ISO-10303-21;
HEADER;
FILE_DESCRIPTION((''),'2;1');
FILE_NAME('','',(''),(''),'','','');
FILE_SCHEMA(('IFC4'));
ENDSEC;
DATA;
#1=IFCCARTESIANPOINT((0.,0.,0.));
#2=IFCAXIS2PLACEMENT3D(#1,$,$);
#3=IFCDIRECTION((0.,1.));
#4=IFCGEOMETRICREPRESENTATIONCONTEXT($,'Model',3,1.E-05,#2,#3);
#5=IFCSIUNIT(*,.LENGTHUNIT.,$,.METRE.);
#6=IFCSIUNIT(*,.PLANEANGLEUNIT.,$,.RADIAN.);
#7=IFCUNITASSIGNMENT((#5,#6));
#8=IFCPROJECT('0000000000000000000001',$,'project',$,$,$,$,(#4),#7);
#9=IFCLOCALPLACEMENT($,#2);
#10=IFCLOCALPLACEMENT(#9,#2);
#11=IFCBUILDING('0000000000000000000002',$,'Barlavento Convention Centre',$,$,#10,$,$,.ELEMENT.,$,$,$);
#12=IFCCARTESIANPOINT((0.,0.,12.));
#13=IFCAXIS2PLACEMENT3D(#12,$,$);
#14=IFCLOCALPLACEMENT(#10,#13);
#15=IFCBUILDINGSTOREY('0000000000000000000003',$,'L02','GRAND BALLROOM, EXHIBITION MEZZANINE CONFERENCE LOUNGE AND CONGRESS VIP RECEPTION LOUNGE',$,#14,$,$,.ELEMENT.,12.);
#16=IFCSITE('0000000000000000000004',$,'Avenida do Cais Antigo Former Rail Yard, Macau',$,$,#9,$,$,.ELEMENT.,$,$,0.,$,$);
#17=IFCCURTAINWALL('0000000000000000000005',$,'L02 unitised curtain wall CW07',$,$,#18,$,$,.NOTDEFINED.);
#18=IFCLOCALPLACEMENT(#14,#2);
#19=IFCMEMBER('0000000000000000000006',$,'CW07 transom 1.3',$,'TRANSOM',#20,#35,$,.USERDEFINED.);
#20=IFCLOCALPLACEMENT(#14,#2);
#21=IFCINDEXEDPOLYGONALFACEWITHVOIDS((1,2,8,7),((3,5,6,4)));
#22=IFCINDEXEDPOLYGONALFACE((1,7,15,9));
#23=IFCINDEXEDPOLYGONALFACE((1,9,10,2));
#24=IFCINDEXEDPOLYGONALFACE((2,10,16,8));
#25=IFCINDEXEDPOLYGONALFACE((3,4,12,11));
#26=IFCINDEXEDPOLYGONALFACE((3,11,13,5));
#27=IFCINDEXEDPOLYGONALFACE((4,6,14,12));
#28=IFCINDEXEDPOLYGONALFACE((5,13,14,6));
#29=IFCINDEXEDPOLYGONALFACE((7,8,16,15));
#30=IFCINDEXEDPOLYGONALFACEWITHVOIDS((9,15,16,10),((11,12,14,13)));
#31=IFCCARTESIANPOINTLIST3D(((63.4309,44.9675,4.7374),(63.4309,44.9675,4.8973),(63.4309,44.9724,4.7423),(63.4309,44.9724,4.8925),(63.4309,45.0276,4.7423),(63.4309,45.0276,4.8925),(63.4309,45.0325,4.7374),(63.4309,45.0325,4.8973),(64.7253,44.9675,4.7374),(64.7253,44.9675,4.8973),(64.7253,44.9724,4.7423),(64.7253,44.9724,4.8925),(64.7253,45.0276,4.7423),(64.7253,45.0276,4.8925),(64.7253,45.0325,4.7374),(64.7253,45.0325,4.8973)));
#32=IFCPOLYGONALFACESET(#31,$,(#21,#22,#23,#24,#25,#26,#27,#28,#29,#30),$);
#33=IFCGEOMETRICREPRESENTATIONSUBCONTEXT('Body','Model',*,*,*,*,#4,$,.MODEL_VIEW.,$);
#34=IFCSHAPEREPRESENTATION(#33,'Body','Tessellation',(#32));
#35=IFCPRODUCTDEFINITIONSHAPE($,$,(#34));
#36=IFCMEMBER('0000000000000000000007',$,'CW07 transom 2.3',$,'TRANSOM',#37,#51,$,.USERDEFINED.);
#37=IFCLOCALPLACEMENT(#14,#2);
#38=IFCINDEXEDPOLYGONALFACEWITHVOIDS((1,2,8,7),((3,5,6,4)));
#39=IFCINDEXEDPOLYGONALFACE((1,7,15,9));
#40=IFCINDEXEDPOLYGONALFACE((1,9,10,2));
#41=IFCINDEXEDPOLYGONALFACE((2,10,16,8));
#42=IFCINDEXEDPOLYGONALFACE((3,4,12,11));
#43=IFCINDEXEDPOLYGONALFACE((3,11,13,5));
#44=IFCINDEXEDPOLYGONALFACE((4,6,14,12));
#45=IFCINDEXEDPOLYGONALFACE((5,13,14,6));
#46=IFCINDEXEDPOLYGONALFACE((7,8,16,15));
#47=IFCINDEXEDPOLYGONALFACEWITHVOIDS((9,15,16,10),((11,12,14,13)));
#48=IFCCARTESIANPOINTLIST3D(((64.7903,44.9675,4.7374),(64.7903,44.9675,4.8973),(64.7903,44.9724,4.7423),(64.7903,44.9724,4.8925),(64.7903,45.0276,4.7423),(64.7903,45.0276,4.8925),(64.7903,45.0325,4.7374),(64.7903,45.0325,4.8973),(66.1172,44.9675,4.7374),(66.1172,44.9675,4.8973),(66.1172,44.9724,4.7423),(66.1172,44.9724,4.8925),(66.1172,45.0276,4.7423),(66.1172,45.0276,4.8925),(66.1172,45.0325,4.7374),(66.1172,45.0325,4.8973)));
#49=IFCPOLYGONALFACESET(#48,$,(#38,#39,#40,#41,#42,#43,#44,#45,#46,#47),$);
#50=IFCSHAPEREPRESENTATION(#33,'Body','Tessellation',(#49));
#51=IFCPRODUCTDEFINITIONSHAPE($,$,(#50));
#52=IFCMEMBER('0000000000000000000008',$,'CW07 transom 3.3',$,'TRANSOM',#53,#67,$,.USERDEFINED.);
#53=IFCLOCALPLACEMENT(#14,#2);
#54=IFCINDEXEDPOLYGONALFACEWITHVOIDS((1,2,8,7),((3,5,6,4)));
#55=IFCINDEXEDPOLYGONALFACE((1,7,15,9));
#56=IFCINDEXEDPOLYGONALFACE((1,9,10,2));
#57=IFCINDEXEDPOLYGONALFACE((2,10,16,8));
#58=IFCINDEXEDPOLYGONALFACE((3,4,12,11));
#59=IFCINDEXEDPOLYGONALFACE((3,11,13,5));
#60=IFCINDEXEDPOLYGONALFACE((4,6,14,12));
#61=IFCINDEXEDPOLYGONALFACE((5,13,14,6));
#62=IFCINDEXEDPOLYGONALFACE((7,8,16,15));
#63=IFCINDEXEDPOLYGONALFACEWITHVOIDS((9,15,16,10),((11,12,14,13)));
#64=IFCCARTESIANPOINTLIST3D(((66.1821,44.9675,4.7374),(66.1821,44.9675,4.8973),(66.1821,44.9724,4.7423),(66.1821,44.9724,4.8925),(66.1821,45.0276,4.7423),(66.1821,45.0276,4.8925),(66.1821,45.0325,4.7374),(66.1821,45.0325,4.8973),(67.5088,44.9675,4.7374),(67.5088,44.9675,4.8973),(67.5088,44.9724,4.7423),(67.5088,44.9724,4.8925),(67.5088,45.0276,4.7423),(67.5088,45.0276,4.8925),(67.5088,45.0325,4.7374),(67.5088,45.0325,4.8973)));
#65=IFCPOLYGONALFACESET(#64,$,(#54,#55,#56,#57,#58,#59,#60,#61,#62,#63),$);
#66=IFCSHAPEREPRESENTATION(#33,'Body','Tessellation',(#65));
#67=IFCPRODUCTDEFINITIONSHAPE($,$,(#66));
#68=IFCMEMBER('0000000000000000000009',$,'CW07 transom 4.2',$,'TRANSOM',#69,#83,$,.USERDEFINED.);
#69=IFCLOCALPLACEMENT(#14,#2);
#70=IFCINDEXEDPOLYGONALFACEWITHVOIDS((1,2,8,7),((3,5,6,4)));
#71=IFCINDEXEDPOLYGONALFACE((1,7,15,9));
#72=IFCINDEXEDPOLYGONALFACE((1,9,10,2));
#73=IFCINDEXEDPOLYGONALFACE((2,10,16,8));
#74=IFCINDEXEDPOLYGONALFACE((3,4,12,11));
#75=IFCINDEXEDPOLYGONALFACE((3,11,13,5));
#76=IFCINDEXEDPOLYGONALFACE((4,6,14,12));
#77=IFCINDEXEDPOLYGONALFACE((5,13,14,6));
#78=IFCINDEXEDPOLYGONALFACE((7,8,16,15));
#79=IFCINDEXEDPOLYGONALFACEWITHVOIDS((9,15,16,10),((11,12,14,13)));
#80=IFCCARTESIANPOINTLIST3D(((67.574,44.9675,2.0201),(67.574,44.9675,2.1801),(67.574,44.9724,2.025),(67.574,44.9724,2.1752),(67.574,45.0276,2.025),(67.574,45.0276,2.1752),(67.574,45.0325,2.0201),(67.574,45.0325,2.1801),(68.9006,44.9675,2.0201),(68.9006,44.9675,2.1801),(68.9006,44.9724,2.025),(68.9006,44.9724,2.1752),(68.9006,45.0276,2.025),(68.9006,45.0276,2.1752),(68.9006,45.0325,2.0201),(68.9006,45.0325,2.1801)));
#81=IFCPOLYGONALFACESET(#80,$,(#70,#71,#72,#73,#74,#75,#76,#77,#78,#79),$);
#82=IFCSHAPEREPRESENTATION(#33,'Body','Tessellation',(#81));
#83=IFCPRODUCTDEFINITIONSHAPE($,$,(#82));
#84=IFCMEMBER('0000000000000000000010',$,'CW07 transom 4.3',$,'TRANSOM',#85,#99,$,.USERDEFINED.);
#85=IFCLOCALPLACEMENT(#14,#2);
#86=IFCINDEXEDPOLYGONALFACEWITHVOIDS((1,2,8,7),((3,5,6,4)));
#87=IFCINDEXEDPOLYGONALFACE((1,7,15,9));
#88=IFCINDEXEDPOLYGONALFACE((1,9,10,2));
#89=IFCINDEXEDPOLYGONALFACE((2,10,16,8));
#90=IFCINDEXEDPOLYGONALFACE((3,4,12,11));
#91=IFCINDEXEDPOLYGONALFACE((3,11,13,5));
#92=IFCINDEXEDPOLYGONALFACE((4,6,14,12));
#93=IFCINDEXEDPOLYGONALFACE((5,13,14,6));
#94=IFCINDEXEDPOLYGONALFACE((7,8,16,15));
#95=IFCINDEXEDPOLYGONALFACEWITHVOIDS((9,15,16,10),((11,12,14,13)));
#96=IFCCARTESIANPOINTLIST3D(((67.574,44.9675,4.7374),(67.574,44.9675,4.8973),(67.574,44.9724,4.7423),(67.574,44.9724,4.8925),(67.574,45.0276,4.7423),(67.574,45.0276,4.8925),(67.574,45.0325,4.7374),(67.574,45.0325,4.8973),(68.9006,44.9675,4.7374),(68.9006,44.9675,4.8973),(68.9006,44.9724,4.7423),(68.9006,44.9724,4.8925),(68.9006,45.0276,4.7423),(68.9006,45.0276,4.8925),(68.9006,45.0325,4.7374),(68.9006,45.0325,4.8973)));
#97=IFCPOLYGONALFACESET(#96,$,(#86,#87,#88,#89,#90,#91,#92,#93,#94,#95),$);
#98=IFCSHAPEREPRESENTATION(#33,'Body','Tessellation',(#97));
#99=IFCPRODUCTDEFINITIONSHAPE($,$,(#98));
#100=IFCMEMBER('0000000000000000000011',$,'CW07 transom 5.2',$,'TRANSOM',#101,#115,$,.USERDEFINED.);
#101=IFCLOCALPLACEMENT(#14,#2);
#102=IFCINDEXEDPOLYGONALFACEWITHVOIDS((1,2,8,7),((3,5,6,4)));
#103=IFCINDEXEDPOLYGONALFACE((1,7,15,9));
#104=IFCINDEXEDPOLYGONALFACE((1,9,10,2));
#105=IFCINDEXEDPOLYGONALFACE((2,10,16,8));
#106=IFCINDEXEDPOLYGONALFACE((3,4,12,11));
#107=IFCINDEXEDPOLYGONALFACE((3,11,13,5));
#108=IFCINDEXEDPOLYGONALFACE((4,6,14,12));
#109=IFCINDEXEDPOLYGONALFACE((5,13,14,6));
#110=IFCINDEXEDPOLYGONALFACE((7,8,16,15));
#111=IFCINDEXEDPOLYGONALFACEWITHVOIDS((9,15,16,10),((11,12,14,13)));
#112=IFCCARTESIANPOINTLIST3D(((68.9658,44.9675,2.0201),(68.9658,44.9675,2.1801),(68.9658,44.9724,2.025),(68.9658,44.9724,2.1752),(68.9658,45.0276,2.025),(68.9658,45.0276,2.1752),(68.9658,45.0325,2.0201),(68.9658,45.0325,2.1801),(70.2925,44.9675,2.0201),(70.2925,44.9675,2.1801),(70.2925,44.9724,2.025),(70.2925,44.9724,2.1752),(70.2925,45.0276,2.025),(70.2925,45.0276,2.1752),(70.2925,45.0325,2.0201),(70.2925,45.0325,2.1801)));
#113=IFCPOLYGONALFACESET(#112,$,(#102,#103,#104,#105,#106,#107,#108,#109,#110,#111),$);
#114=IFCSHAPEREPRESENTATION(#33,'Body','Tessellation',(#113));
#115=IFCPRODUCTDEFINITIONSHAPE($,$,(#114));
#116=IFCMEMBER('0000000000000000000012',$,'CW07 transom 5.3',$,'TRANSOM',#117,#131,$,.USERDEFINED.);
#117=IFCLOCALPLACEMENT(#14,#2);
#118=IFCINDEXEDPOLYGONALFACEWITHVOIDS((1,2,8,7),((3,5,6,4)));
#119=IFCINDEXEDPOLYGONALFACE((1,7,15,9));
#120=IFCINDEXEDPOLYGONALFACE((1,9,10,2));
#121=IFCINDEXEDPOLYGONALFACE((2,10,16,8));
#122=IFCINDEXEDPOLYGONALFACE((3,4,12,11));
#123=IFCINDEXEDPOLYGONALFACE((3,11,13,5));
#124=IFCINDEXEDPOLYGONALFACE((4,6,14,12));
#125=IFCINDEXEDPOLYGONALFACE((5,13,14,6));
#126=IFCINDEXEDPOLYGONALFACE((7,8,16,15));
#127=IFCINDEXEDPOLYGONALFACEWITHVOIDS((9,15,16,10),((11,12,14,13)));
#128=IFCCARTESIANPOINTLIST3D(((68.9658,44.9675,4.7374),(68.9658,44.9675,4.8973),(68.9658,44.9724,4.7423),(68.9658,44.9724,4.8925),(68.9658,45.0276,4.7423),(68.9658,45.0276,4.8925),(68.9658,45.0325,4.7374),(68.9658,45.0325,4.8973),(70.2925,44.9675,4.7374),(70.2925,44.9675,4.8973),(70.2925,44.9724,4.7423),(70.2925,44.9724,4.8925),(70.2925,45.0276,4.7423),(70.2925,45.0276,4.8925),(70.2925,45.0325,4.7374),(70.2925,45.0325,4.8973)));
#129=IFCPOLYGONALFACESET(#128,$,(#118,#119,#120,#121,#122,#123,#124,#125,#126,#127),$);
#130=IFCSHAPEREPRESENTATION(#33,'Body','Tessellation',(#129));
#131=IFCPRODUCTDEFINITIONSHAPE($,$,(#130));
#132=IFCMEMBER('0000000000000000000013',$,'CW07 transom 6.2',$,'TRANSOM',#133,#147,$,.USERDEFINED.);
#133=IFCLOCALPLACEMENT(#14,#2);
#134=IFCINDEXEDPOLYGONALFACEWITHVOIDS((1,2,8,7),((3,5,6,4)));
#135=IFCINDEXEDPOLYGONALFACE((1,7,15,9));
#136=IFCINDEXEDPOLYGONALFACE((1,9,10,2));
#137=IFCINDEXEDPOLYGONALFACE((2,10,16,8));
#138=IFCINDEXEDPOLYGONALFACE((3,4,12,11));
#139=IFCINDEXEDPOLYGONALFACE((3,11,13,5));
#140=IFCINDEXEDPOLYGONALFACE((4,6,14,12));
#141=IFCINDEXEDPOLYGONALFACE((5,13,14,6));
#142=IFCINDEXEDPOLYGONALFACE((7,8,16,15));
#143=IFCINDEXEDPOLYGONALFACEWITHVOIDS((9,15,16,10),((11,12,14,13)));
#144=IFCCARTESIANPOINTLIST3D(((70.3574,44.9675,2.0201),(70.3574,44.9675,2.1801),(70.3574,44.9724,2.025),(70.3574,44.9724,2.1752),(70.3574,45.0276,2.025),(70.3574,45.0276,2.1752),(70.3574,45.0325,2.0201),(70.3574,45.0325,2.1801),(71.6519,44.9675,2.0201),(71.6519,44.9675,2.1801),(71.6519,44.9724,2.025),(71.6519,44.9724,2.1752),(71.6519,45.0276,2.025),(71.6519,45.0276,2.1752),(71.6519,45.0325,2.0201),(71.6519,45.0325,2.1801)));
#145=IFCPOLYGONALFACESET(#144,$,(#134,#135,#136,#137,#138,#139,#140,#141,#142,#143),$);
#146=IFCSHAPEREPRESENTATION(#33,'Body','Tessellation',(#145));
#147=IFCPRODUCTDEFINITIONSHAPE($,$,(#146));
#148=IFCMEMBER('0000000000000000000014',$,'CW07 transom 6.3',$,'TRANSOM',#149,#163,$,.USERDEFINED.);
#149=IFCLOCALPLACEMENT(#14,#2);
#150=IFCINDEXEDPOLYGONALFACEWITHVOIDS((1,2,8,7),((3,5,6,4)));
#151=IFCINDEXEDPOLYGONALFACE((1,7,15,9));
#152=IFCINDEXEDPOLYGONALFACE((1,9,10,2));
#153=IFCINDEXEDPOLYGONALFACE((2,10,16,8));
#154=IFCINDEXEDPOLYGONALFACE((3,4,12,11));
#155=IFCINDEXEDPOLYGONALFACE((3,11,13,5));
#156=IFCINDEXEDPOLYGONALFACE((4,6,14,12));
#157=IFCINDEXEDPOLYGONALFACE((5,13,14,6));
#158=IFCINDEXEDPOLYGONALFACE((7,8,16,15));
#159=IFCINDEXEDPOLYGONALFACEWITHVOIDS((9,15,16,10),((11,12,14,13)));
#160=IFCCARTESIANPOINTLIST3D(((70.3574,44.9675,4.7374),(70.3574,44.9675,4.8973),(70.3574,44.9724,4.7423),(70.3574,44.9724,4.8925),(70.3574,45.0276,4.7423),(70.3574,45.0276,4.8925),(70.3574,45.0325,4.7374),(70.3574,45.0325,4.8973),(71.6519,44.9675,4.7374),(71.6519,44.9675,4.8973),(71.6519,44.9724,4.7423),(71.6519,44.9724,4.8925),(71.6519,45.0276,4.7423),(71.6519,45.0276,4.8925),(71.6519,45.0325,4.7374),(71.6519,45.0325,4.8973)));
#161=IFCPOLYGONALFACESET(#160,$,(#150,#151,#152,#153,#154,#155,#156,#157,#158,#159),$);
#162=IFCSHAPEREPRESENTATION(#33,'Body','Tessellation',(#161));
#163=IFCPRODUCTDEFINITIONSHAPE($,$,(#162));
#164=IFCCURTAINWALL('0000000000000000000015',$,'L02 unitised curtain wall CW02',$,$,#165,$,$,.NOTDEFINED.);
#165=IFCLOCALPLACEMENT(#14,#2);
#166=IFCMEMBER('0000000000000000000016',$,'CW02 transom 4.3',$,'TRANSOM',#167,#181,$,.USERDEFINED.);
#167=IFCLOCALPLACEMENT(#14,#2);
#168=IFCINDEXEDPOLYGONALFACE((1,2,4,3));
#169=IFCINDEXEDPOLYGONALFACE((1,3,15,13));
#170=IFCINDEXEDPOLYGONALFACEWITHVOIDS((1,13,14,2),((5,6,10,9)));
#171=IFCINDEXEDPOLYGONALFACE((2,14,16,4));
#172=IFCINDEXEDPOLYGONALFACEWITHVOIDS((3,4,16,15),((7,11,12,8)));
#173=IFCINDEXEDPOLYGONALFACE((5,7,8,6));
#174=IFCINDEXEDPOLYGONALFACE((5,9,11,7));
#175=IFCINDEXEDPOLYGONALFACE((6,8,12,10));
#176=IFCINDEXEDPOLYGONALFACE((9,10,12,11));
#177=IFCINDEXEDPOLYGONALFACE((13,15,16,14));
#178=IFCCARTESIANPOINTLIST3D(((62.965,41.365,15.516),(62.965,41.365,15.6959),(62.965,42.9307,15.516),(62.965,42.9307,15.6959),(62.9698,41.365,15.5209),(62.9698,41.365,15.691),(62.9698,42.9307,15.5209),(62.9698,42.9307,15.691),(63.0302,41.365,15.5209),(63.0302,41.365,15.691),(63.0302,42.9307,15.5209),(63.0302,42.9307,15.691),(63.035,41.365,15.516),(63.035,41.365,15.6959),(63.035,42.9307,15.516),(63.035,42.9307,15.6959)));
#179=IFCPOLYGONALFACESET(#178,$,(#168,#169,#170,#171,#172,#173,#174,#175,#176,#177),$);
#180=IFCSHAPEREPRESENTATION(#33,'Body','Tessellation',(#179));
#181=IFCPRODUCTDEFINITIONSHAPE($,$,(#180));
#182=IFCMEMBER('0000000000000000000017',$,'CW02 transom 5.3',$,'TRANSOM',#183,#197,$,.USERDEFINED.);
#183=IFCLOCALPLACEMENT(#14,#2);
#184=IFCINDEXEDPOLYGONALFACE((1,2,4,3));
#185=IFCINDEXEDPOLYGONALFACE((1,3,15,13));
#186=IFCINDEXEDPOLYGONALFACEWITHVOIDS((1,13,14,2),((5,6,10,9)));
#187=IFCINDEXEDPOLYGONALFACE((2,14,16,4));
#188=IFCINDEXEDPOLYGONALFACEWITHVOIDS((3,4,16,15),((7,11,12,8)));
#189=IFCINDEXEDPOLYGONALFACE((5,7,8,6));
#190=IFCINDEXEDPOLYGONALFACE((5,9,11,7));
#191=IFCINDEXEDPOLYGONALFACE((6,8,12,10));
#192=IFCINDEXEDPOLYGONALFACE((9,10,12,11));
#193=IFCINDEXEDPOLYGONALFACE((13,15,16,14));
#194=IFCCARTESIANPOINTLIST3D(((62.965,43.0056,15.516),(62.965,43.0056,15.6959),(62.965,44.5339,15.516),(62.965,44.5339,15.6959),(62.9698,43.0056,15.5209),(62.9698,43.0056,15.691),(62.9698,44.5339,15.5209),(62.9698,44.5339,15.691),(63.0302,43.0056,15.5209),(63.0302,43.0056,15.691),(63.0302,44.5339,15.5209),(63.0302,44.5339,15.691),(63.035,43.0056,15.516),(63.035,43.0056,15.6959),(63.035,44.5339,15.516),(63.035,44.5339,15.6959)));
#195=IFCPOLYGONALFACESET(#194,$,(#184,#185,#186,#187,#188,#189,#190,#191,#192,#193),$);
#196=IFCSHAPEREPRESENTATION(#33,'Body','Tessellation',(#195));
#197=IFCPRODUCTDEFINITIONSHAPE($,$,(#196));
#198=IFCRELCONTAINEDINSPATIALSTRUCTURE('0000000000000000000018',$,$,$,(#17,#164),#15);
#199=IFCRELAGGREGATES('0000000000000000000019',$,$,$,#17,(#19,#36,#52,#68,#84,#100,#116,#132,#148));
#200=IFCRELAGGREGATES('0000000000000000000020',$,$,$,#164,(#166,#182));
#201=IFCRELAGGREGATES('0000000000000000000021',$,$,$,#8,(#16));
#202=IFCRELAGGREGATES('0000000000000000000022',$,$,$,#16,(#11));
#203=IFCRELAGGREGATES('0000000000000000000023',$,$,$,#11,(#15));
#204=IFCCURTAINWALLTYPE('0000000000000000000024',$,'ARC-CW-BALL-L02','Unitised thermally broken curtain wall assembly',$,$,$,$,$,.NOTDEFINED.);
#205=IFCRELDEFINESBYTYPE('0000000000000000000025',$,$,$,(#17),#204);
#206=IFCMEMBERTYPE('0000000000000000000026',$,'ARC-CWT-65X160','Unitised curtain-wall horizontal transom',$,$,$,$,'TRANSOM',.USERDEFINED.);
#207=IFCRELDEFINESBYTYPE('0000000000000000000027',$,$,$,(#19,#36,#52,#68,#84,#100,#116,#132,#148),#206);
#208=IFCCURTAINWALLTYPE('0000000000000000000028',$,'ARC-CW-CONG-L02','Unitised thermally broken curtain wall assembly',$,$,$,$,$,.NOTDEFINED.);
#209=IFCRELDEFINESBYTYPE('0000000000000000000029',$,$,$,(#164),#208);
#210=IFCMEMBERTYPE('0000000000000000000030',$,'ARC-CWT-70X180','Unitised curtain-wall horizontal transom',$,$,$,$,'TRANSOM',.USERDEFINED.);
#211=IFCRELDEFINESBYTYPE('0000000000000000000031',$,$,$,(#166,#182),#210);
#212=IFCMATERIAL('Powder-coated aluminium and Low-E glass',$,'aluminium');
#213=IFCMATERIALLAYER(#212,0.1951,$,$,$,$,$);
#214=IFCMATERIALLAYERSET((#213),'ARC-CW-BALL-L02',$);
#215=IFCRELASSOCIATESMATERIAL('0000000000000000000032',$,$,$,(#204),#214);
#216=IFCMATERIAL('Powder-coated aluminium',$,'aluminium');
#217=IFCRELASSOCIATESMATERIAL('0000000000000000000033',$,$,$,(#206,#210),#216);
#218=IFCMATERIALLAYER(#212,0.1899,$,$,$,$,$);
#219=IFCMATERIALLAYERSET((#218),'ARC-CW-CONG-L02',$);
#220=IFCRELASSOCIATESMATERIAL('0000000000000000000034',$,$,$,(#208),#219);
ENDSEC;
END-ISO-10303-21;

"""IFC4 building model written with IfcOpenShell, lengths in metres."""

from ifc_helpers import new_model, si_unit, direction, frame, origin, origin_2d, place, context, subcontext, project, spatial, hollow_rectangle, extrude, material, layer, layer_set, material_profile, profile_set, type_object, element, aggregate, save


model = new_model("IFC4")

# Units and contexts
model_context = context("Model", 3, precision=1e-05, world=origin(), true_north=direction((0.0, 1.0)))
body_context = subcontext(model_context, "Body", "Model", "MODEL_VIEW")
ifc_project = project(units=[si_unit("LENGTHUNIT", "METRE"), si_unit("PLANEANGLEUNIT", "RADIAN")], contexts=[model_context])

# Site, building, storey
site_placement = place(None, origin())
site = spatial("IfcSite", under=ifc_project, at=site_placement, Name="Avenida do Cais Antigo Former Rail Yard, Macau", CompositionType="ELEMENT", RefElevation=0.0)
building_placement = place(site_placement, origin())
building = spatial("IfcBuilding", under=site, at=building_placement, Name="Barlavento Convention Centre", CompositionType="ELEMENT")
storey_placement = place(building_placement, frame((0.0, 0.0, 12.0)))
storey = spatial("IfcBuildingStorey", under=building, at=storey_placement, Name="L02", Description="GRAND BALLROOM, EXHIBITION MEZZANINE CONFERENCE LOUNGE AND CONGRESS VIP RECEPTION LOUNGE", CompositionType="ELEMENT", Elevation=12.0)

# Curtain walls, members
ifc_material_1 = material(Name="Powder-coated aluminium and Low-E glass", Category="aluminium")
ifc_layer_1 = layer(ifc_material_1, 0.1951)
ifc_layer_set_1 = layer_set([ifc_layer_1], Name="ARC-CW-BALL-L02")
curtain_wall_type_1 = type_object("IfcCurtainWallType", Name="ARC-CW-BALL-L02", Description="Unitised thermally broken curtain wall assembly", PredefinedType="NOTDEFINED", material=ifc_layer_set_1)
curtain_wall_1_placement = place(storey_placement, origin())
curtain_wall_1 = element("IfcCurtainWall", 1, at=curtain_wall_1_placement, inside=storey, type_object=curtain_wall_type_1, Name="L02 unitised curtain wall CW07", PredefinedType="NOTDEFINED")
ifc_material_2 = material(Name="Powder-coated aluminium", Category="aluminium")
ifc_material_profile_1 = material_profile(ifc_material_2, hollow_rectangle(XDim=0.0649, YDim=0.1599, WallThickness=0.0049, at=origin_2d()), Name="AL-TRAN 65x160x5")
ifc_profile_set_1 = profile_set([ifc_material_profile_1], Name="Powder-coated aluminium")
member_type_1 = type_object("IfcMemberType", Name="ARC-CWT-65X160", Description="Unitised curtain-wall horizontal transom", ElementType="TRANSOM", PredefinedType="USERDEFINED", material=ifc_profile_set_1)
member_1_placement = place(storey_placement, frame((63.4309, 45.0, 4.8174), z_axis=(1.0, 0.0, 0.0), x_axis=(0.0, 1.0, 0.0)))
member_1 = element("IfcMember", 2, at=member_1_placement, type_object=member_type_1, Name="CW07 transom 1.3", ObjectType="TRANSOM", PredefinedType="USERDEFINED", context=body_context, shape_type="SweptSolid", body=[
    extrude(hollow_rectangle(XDim=0.0649, YDim=0.1599, WallThickness=0.0049, at=origin_2d()), origin(), (0.0, 0.0, 1.0), 1.2944),
])
member_2_placement = place(storey_placement, frame((64.7903, 45.0, 4.8174), z_axis=(1.0, 0.0, 0.0), x_axis=(0.0, 1.0, 0.0)))
member_2 = element("IfcMember", 3, at=member_2_placement, type_object=member_type_1, Name="CW07 transom 2.3", ObjectType="TRANSOM", PredefinedType="USERDEFINED", context=body_context, shape_type="SweptSolid", body=[
    extrude(hollow_rectangle(XDim=0.0649, YDim=0.1599, WallThickness=0.0049, at=origin_2d()), origin(), (0.0, 0.0, 1.0), 1.3269),
])
member_3_placement = place(storey_placement, frame((66.1821, 45.0, 4.8174), z_axis=(1.0, 0.0, 0.0), x_axis=(0.0, 1.0, 0.0)))
member_3 = element("IfcMember", 4, at=member_3_placement, type_object=member_type_1, Name="CW07 transom 3.3", ObjectType="TRANSOM", PredefinedType="USERDEFINED", context=body_context, shape_type="SweptSolid", body=[
    extrude(hollow_rectangle(XDim=0.0649, YDim=0.1599, WallThickness=0.0049, at=origin_2d()), origin(), (0.0, 0.0, 1.0), 1.3267),
])
member_4_placement = place(storey_placement, frame((67.574, 45.0, 2.1001), z_axis=(1.0, 0.0, 0.0), x_axis=(0.0, 1.0, 0.0)))
member_4 = element("IfcMember", 5, at=member_4_placement, type_object=member_type_1, Name="CW07 transom 4.2", ObjectType="TRANSOM", PredefinedType="USERDEFINED", context=body_context, shape_type="SweptSolid", body=[
    extrude(hollow_rectangle(XDim=0.0649, YDim=0.1599, WallThickness=0.0049, at=origin_2d()), origin(), (0.0, 0.0, 1.0), 1.3267),
])
member_5_placement = place(storey_placement, frame((67.574, 45.0, 4.8174), z_axis=(1.0, 0.0, 0.0), x_axis=(0.0, 1.0, 0.0)))
member_5 = element("IfcMember", 6, at=member_5_placement, type_object=member_type_1, Name="CW07 transom 4.3", ObjectType="TRANSOM", PredefinedType="USERDEFINED", context=body_context, shape_type="SweptSolid", body=[
    extrude(hollow_rectangle(XDim=0.0649, YDim=0.1599, WallThickness=0.0049, at=origin_2d()), origin(), (0.0, 0.0, 1.0), 1.3267),
])
member_6_placement = place(storey_placement, frame((68.9658, 45.0, 2.1001), z_axis=(1.0, 0.0, 0.0), x_axis=(0.0, 1.0, 0.0)))
member_6 = element("IfcMember", 7, at=member_6_placement, type_object=member_type_1, Name="CW07 transom 5.2", ObjectType="TRANSOM", PredefinedType="USERDEFINED", context=body_context, shape_type="SweptSolid", body=[
    extrude(hollow_rectangle(XDim=0.0649, YDim=0.1599, WallThickness=0.0049, at=origin_2d()), origin(), (0.0, 0.0, 1.0), 1.3267),
])
member_7_placement = place(storey_placement, frame((68.9658, 45.0, 4.8174), z_axis=(1.0, 0.0, 0.0), x_axis=(0.0, 1.0, 0.0)))
member_7 = element("IfcMember", 8, at=member_7_placement, type_object=member_type_1, Name="CW07 transom 5.3", ObjectType="TRANSOM", PredefinedType="USERDEFINED", context=body_context, shape_type="SweptSolid", body=[
    extrude(hollow_rectangle(XDim=0.0649, YDim=0.1599, WallThickness=0.0049, at=origin_2d()), origin(), (0.0, 0.0, 1.0), 1.3267),
])
member_8_placement = place(storey_placement, frame((70.3574, 45.0, 2.1001), z_axis=(1.0, 0.0, 0.0), x_axis=(0.0, 1.0, 0.0)))
member_8 = element("IfcMember", 9, at=member_8_placement, type_object=member_type_1, Name="CW07 transom 6.2", ObjectType="TRANSOM", PredefinedType="USERDEFINED", context=body_context, shape_type="SweptSolid", body=[
    extrude(hollow_rectangle(XDim=0.0649, YDim=0.1599, WallThickness=0.0049, at=origin_2d()), origin(), (0.0, 0.0, 1.0), 1.2944),
])
member_9_placement = place(storey_placement, frame((70.3574, 45.0, 4.8174), z_axis=(1.0, 0.0, 0.0), x_axis=(0.0, 1.0, 0.0)))
member_9 = element("IfcMember", 10, at=member_9_placement, type_object=member_type_1, Name="CW07 transom 6.3", ObjectType="TRANSOM", PredefinedType="USERDEFINED", context=body_context, shape_type="SweptSolid", body=[
    extrude(hollow_rectangle(XDim=0.0649, YDim=0.1599, WallThickness=0.0049, at=origin_2d()), origin(), (0.0, 0.0, 1.0), 1.2944),
])
ifc_layer_2 = layer(ifc_material_1, 0.1899)
ifc_layer_set_2 = layer_set([ifc_layer_2], Name="ARC-CW-CONG-L02")
curtain_wall_type_2 = type_object("IfcCurtainWallType", Name="ARC-CW-CONG-L02", Description="Unitised thermally broken curtain wall assembly", PredefinedType="NOTDEFINED", material=ifc_layer_set_2)
curtain_wall_2_placement = place(storey_placement, origin())
curtain_wall_2 = element("IfcCurtainWall", 11, at=curtain_wall_2_placement, inside=storey, type_object=curtain_wall_type_2, Name="L02 unitised curtain wall CW02", PredefinedType="NOTDEFINED")
ifc_material_profile_2 = material_profile(ifc_material_2, hollow_rectangle(XDim=0.0701, YDim=0.1799, WallThickness=0.0049, at=origin_2d()), Name="AL-TRAN 70x180x5")
ifc_profile_set_2 = profile_set([ifc_material_profile_2], Name="Powder-coated aluminium")
member_type_2 = type_object("IfcMemberType", Name="ARC-CWT-70X180", Description="Unitised curtain-wall horizontal transom", ElementType="TRANSOM", PredefinedType="USERDEFINED", material=ifc_profile_set_2)
member_10_placement = place(storey_placement, frame((63.0, 41.365, 15.606), z_axis=(0.0, 1.0, 0.0), x_axis=(-1.0, 0.0, 0.0)))
member_10 = element("IfcMember", 12, at=member_10_placement, type_object=member_type_2, Name="CW02 transom 4.3", ObjectType="TRANSOM", PredefinedType="USERDEFINED", context=body_context, shape_type="SweptSolid", body=[
    extrude(hollow_rectangle(XDim=0.0701, YDim=0.1799, WallThickness=0.0049, at=origin_2d()), origin(), (0.0, 0.0, 1.0), 1.5657),
])
member_11_placement = place(storey_placement, frame((63.0, 43.0056, 15.606), z_axis=(0.0, 1.0, 0.0), x_axis=(-1.0, 0.0, 0.0)))
member_11 = element("IfcMember", 13, at=member_11_placement, type_object=member_type_2, Name="CW02 transom 5.3", ObjectType="TRANSOM", PredefinedType="USERDEFINED", context=body_context, shape_type="SweptSolid", body=[
    extrude(hollow_rectangle(XDim=0.0701, YDim=0.1799, WallThickness=0.0049, at=origin_2d()), origin(), (0.0, 0.0, 1.0), 1.5283),
])

aggregate(curtain_wall_1, [member_1, member_2, member_3, member_4, member_5, member_6, member_7, member_8, member_9])
aggregate(curtain_wall_2, [member_10, member_11])

save(model, "model.ifc")
